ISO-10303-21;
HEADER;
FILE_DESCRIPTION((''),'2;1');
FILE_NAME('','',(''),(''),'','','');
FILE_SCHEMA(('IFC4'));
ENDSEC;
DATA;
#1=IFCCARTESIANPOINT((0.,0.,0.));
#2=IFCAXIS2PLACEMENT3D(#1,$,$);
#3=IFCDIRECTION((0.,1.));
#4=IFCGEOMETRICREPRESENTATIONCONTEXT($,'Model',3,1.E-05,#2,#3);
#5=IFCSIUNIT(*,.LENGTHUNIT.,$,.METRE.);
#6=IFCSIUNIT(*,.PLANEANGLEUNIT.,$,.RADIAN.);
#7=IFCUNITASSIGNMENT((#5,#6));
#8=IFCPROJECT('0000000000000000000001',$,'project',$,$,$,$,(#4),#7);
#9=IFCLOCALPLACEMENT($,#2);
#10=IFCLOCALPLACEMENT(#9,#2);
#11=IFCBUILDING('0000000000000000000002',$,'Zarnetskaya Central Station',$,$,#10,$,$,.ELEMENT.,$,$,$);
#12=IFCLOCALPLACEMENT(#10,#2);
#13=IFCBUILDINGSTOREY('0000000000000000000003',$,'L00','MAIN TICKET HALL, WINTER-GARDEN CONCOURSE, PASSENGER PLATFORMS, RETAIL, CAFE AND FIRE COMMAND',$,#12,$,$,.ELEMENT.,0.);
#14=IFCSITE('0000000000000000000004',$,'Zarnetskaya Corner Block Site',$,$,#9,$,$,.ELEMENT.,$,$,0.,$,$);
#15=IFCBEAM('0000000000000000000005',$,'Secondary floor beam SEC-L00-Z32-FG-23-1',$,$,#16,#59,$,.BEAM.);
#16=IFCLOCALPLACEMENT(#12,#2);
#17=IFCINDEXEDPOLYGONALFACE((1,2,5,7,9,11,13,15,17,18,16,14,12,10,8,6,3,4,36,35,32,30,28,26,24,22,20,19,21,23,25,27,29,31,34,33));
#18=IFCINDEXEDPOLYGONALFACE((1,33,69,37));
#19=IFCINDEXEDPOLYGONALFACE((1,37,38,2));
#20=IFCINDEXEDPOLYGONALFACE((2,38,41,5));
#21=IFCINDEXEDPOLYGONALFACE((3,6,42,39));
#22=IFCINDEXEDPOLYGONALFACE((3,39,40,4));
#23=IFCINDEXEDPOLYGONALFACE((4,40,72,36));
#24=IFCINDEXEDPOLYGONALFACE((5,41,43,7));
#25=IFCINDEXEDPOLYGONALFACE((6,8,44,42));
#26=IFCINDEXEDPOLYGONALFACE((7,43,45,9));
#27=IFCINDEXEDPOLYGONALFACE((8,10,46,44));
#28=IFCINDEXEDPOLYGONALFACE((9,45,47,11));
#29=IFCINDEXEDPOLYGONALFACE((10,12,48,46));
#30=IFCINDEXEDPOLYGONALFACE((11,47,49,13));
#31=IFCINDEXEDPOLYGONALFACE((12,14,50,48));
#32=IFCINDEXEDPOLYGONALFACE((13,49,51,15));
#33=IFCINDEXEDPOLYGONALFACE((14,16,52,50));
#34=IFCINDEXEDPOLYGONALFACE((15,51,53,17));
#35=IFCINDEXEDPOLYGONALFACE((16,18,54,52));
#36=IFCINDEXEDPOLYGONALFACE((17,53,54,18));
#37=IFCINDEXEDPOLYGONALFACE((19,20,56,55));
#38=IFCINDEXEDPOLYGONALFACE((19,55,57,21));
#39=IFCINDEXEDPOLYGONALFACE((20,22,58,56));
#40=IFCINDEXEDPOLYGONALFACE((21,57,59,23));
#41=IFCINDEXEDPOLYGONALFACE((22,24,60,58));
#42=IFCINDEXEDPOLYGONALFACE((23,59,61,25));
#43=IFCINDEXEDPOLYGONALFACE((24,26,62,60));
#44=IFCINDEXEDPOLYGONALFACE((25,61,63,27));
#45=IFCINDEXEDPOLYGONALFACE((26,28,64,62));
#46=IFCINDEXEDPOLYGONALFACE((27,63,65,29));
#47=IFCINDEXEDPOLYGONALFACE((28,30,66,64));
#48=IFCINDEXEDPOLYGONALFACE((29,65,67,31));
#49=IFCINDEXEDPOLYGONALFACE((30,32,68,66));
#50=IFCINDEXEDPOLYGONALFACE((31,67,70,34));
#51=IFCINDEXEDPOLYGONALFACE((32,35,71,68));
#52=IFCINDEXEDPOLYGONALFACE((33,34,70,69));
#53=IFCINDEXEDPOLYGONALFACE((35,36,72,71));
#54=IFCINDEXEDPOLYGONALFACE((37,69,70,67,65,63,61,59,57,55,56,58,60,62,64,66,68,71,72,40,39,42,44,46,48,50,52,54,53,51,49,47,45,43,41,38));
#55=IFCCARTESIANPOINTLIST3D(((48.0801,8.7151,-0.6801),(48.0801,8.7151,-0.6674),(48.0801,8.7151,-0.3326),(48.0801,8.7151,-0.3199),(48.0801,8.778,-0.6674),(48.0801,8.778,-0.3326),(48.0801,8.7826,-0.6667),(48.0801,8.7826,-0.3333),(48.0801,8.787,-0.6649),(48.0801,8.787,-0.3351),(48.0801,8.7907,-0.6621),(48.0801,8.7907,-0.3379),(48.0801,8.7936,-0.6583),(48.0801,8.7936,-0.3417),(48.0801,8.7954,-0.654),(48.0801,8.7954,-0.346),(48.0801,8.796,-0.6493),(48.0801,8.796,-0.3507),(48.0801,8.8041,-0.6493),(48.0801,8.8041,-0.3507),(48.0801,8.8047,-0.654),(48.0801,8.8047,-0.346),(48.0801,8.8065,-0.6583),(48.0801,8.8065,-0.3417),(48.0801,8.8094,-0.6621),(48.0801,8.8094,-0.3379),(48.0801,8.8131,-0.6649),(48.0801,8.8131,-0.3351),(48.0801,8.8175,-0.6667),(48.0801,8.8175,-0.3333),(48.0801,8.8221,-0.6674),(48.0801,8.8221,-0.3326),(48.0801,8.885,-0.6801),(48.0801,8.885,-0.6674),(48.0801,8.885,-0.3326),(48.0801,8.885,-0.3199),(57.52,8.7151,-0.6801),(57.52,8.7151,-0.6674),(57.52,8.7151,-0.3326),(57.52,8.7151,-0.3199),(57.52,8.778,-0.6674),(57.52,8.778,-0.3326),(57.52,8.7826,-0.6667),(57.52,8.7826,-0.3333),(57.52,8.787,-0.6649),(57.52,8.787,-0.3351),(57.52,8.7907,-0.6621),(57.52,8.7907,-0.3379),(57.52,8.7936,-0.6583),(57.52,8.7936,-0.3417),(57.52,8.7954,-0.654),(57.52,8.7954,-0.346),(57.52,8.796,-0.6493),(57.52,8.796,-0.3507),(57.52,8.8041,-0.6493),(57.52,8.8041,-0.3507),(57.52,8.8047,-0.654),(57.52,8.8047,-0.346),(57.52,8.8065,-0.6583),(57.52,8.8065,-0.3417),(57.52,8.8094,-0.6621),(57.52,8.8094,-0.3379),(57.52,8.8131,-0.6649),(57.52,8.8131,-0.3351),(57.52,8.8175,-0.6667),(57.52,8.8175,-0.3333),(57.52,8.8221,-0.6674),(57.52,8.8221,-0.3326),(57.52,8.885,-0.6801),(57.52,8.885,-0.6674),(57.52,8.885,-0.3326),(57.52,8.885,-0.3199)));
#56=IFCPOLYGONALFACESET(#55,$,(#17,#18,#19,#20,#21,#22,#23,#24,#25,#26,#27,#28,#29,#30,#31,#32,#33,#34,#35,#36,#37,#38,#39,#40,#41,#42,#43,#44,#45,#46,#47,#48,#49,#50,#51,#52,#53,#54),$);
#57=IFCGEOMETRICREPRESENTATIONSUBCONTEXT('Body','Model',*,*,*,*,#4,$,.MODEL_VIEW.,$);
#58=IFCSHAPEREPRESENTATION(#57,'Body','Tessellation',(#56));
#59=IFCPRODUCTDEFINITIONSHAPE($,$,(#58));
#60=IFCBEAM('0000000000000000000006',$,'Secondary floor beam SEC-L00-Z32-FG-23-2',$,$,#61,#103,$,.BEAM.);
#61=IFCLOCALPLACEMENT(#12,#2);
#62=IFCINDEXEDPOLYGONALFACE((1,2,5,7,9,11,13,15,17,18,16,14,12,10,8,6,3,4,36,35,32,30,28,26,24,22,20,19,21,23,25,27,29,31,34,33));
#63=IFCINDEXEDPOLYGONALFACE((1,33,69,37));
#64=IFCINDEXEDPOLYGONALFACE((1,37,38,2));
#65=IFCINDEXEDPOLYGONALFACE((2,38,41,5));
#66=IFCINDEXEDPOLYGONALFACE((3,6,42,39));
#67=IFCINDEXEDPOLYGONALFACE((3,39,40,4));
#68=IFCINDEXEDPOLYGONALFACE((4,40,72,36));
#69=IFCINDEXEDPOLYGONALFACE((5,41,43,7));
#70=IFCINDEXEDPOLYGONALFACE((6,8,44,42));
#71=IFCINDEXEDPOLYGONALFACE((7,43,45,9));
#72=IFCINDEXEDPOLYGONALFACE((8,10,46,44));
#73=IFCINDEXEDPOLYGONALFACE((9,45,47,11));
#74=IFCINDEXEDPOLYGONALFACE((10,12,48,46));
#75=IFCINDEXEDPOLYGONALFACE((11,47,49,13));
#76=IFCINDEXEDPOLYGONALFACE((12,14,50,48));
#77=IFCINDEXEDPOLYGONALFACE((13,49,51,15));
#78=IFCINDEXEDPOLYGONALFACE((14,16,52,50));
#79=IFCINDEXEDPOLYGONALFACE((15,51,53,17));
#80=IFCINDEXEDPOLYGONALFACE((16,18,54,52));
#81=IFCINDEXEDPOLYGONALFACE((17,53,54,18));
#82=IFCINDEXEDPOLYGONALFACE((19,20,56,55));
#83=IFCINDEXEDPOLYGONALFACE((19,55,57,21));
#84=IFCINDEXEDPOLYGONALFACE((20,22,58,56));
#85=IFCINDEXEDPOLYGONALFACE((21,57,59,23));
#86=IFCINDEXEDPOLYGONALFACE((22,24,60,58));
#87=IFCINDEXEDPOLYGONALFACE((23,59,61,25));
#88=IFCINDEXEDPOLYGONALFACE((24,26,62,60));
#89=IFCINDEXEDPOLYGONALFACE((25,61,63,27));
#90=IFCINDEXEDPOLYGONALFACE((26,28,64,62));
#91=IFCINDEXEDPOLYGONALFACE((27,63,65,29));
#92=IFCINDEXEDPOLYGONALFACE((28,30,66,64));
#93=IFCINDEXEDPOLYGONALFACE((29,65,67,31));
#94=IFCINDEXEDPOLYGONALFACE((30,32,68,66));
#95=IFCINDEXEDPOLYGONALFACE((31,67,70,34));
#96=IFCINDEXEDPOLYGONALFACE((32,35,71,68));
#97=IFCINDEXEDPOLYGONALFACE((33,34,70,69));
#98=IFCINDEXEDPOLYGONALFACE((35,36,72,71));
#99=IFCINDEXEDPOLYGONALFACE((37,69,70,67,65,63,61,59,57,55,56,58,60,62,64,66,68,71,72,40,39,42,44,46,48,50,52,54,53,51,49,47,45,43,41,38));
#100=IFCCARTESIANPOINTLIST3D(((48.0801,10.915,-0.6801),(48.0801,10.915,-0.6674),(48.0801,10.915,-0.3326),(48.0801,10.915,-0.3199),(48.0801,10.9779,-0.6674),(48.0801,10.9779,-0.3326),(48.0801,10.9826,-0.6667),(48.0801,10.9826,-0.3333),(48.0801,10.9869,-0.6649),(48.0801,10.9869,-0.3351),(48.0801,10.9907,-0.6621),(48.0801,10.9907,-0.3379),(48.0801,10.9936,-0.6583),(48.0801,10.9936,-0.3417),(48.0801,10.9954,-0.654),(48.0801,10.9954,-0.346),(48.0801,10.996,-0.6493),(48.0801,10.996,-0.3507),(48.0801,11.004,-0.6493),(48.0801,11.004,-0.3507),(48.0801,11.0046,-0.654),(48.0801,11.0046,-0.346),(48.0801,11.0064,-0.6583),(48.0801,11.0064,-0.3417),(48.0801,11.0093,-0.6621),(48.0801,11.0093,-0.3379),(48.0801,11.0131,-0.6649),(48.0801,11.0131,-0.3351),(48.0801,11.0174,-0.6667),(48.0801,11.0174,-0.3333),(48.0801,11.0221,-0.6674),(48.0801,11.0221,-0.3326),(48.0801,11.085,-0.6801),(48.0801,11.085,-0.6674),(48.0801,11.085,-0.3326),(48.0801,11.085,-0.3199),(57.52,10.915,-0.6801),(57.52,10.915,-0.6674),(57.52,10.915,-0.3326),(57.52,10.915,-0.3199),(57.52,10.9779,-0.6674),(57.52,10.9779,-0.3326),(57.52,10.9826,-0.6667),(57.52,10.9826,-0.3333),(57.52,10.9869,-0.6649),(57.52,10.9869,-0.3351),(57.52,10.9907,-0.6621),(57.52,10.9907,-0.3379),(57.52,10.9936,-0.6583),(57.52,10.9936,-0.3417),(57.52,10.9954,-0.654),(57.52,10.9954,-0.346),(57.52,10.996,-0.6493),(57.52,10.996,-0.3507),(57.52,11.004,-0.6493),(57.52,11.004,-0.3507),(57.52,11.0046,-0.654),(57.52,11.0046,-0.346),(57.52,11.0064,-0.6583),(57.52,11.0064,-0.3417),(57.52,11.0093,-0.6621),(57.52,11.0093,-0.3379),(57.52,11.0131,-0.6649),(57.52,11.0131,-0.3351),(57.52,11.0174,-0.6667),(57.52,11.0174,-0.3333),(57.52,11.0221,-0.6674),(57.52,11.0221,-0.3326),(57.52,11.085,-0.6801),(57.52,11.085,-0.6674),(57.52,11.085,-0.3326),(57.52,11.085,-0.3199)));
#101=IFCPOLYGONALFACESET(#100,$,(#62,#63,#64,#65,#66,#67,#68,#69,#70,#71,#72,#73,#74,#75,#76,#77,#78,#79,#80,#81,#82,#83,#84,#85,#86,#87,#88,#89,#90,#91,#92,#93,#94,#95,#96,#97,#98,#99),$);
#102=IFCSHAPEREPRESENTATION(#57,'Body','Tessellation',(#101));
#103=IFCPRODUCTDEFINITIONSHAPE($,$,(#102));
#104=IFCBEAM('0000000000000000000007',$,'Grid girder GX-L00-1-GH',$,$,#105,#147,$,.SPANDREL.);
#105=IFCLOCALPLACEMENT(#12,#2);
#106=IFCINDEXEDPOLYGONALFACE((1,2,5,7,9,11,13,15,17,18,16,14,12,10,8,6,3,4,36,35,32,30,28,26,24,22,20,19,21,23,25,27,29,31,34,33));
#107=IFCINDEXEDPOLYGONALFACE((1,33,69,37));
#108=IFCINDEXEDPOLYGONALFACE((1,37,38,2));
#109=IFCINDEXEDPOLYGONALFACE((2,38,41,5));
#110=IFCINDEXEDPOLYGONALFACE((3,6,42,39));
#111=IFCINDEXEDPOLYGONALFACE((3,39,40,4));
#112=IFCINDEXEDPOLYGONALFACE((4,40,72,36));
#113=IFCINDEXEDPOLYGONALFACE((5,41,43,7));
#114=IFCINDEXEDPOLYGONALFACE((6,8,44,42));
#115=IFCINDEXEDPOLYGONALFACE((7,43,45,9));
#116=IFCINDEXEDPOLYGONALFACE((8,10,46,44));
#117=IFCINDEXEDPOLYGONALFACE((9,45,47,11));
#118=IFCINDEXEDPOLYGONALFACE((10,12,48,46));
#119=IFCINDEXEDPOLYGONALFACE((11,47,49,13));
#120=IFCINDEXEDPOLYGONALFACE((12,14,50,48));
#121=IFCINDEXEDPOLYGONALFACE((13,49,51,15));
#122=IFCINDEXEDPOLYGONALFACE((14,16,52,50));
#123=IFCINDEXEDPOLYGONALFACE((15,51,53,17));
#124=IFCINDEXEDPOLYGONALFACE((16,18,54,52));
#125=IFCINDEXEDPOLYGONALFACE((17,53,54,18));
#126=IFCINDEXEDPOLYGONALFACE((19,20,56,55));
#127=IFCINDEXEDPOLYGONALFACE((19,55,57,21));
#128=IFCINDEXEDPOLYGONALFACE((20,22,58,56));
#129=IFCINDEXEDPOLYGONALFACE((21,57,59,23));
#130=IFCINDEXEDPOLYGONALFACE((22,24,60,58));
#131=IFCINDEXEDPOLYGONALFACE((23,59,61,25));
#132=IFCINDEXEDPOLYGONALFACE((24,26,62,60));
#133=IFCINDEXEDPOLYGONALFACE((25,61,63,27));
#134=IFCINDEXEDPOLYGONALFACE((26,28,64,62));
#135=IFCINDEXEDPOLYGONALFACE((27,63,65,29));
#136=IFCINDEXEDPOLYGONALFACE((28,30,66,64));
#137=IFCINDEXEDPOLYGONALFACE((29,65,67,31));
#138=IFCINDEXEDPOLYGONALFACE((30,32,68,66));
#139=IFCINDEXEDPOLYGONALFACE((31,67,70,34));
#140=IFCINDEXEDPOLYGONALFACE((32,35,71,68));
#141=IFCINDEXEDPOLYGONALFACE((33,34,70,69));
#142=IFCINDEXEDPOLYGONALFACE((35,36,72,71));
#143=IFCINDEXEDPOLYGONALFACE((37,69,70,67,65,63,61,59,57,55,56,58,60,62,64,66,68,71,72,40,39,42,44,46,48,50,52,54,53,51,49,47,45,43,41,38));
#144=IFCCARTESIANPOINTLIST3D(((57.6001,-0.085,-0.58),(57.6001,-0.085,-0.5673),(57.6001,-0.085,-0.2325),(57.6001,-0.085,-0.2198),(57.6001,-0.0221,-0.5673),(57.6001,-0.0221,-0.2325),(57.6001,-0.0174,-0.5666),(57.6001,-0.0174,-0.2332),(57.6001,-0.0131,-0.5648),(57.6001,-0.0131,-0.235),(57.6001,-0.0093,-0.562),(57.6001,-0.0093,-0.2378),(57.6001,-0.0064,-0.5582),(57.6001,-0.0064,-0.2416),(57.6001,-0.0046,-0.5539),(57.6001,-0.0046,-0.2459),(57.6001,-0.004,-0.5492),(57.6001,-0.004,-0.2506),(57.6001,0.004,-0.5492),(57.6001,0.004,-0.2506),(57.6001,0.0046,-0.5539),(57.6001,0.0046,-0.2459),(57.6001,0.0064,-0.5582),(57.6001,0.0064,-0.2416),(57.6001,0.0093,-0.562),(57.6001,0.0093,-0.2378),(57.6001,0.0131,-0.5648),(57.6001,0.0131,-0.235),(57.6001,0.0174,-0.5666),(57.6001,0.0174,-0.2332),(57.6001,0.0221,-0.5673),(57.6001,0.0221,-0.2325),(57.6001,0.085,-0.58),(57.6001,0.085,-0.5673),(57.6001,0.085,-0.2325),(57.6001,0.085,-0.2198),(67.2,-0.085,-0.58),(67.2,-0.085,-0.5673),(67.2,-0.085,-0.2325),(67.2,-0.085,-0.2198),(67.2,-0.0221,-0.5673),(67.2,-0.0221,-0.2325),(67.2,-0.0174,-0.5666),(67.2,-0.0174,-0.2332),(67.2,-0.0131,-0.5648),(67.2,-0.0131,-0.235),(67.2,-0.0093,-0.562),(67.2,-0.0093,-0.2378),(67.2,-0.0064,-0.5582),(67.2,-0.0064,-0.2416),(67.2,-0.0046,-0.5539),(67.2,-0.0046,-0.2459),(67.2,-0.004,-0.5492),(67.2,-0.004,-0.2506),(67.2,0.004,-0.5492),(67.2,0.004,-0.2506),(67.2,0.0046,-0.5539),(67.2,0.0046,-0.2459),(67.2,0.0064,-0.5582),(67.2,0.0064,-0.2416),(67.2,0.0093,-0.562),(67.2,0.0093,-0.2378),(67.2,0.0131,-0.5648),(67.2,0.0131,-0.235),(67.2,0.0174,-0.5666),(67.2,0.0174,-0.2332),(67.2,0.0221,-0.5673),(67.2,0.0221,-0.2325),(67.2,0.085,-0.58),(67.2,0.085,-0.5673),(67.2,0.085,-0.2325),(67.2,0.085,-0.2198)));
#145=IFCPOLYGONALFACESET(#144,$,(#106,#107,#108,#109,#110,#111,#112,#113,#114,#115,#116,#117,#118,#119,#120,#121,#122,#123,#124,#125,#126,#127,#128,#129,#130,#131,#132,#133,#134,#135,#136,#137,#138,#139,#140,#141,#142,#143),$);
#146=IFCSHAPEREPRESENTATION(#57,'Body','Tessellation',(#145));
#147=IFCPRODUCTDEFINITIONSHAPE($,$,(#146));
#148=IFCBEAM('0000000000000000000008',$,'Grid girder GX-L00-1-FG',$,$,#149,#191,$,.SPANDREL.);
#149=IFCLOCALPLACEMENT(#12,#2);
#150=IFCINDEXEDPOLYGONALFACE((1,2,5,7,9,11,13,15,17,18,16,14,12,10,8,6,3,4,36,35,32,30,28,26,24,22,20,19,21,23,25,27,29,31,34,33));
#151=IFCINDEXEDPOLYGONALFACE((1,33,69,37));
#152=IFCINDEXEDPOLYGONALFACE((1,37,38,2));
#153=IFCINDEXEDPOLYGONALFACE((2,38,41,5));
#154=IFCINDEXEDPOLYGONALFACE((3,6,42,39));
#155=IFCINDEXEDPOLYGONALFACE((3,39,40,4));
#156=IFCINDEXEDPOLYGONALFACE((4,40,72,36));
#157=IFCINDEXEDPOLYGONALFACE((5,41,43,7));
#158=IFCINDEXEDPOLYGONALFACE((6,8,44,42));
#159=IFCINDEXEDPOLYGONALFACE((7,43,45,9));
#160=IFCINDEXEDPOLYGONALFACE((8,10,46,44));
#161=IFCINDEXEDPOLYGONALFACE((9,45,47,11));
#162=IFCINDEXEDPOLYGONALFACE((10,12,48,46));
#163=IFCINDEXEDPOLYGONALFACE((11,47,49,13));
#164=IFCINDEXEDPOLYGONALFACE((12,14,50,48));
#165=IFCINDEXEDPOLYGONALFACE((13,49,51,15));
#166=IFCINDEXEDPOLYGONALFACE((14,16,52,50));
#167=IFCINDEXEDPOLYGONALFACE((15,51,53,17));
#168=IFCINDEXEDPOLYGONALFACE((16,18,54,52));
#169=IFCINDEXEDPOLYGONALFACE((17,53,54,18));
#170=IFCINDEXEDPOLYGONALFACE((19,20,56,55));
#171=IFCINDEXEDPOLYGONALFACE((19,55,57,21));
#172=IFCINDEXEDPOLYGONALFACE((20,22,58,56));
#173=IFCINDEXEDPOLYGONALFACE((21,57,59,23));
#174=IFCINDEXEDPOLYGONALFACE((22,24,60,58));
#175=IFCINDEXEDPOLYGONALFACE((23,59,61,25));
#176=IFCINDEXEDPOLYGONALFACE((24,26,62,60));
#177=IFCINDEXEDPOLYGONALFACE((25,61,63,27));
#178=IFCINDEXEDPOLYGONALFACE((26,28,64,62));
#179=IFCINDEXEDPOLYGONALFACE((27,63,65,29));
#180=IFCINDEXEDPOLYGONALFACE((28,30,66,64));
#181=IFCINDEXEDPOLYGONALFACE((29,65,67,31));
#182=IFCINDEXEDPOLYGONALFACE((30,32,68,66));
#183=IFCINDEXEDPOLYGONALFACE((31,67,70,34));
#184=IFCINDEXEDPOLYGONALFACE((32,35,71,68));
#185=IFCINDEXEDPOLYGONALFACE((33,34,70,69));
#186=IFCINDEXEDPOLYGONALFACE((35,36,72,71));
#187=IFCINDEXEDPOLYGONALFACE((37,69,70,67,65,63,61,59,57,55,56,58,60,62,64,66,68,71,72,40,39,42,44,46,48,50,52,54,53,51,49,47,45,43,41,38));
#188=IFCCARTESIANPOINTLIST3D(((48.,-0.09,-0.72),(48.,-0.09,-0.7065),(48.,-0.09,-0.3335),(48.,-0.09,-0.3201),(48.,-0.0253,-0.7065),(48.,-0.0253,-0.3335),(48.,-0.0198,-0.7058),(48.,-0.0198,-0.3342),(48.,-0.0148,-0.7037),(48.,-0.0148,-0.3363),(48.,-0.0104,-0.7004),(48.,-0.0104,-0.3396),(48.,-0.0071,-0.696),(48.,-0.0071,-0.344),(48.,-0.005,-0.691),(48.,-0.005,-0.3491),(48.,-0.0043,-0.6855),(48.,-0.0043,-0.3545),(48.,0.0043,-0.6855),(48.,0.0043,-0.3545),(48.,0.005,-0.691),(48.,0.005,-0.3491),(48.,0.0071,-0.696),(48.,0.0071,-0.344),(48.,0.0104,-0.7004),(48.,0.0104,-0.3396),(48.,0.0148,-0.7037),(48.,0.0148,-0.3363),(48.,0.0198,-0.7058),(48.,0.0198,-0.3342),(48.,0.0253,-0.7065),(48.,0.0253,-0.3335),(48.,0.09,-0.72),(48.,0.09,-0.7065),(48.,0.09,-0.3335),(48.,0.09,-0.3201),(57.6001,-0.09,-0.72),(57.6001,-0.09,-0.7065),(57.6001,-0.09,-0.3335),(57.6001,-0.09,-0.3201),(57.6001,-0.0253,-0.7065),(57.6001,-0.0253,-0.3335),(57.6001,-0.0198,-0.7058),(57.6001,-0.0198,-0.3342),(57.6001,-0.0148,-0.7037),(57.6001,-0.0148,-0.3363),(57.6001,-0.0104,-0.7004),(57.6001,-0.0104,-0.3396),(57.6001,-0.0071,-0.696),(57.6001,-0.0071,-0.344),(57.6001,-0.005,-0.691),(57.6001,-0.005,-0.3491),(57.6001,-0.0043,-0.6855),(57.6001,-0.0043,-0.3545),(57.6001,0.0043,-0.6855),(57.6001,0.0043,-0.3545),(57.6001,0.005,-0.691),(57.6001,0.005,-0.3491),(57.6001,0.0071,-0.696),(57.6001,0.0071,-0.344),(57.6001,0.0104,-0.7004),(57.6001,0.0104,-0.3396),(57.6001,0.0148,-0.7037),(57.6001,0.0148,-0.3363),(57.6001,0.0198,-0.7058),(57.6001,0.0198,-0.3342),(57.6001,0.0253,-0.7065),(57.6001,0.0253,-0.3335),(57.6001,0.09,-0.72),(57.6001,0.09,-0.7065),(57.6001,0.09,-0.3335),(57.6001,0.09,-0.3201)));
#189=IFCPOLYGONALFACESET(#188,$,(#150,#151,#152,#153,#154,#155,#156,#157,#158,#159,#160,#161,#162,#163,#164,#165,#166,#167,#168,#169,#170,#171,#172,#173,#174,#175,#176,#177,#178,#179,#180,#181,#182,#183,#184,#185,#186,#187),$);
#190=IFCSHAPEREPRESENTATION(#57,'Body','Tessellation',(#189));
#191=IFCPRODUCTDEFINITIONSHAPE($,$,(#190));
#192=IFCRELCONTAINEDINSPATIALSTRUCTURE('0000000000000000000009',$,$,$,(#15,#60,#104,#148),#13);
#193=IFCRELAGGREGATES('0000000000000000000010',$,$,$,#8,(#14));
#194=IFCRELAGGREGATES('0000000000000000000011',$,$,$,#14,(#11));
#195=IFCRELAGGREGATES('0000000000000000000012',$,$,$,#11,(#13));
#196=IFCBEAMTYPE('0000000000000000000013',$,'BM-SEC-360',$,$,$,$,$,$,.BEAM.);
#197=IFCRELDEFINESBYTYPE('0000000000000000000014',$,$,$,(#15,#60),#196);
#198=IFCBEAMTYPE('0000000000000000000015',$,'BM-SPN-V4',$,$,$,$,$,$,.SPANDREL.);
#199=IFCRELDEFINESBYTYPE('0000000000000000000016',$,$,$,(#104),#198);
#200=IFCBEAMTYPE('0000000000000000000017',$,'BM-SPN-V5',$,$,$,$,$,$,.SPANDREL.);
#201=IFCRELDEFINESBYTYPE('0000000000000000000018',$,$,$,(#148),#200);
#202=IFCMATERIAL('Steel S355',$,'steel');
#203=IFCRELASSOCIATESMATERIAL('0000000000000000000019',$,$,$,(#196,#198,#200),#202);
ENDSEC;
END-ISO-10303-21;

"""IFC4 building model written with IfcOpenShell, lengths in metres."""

from ifc_helpers import new_model, si_unit, direction, frame, origin, origin_2d, place, context, subcontext, project, spatial, i_section, extrude, material, material_profile, profile_set, type_object, element, save


model = new_model("IFC4")

# Units and contexts
model_context = context("Model", 3, precision=1e-05, world=origin(), true_north=direction((0.0, 1.0)))
body_context = subcontext(model_context, "Body", "Model", "MODEL_VIEW")
ifc_project = project(units=[si_unit("LENGTHUNIT", "METRE"), si_unit("PLANEANGLEUNIT", "RADIAN")], contexts=[model_context])

# Site, building, storey
site_placement = place(None, origin())
site = spatial("IfcSite", under=ifc_project, at=site_placement, Name="Zarnetskaya Corner Block Site", CompositionType="ELEMENT", RefElevation=0.0)
building_placement = place(site_placement, origin())
building = spatial("IfcBuilding", under=site, at=building_placement, Name="Zarnetskaya Central Station", CompositionType="ELEMENT")
storey_placement = place(building_placement, origin())
storey = spatial("IfcBuildingStorey", under=building, at=storey_placement, Name="L00", Description="MAIN TICKET HALL, WINTER-GARDEN CONCOURSE, PASSENGER PLATFORMS, RETAIL, CAFE AND FIRE COMMAND", CompositionType="ELEMENT", Elevation=0.0)

# Shared definitions
ifc_material_1 = material(Name="Steel S355", Category="steel")

# Beams
ifc_material_profile_1 = material_profile(ifc_material_1, i_section(OverallWidth=0.1699, OverallDepth=0.3601, WebThickness=0.0081, FlangeThickness=0.0127, FilletRadius=0.0181, at=origin_2d()), Name="IPE 360")
ifc_profile_set_1 = profile_set([ifc_material_profile_1], Name="Steel S355")
beam_type_1 = type_object("IfcBeamType", Name="BM-SEC-360", PredefinedType="BEAM", material=ifc_profile_set_1)
for number, where, z_axis, x_axis, name in (
    (1, (48.0801, 8.8, -0.5), (1.0, 0.0, 0.0), (0.0, 1.0, 0.0), "Secondary floor beam SEC-L00-Z32-FG-23-1"),
    (2, (48.0801, 11.0, -0.5), (1.0, 0.0, 0.0), (0.0, 1.0, 0.0), "Secondary floor beam SEC-L00-Z32-FG-23-2"),
):
    element("IfcBeam", number, at=place(storey_placement, frame(where, z_axis=z_axis, x_axis=x_axis)), inside=storey, type_object=beam_type_1, Name=name, PredefinedType="BEAM", context=body_context, shape_type="SweptSolid", body=[
        extrude(i_section(OverallWidth=0.1699, OverallDepth=0.3601, WebThickness=0.0081, FlangeThickness=0.0127, FilletRadius=0.0181, at=origin_2d()), origin(), (0.0, 0.0, 1.0), 9.4399),
    ])
ifc_material_profile_2 = material_profile(ifc_material_1, i_section(OverallWidth=0.1699, OverallDepth=0.3601, WebThickness=0.0081, FlangeThickness=0.0127, FilletRadius=0.0181, at=origin_2d()), Name="IPE 360")
ifc_profile_set_2 = profile_set([ifc_material_profile_2], Name="Steel S355")
beam_type_2 = type_object("IfcBeamType", Name="BM-SPN-V4", PredefinedType="SPANDREL", material=ifc_profile_set_2)
beam_1_placement = place(storey_placement, frame((57.6001, 0.0, -0.3999), z_axis=(1.0, 0.0, 0.0), x_axis=(0.0, 1.0, 0.0)))
element("IfcBeam", 3, at=beam_1_placement, inside=storey, type_object=beam_type_2, Name="Grid girder GX-L00-1-GH", PredefinedType="SPANDREL", context=body_context, shape_type="SweptSolid", body=[
    extrude(i_section(OverallWidth=0.1699, OverallDepth=0.3601, WebThickness=0.0081, FlangeThickness=0.0127, FilletRadius=0.0181, at=origin_2d()), origin(), (0.0, 0.0, 1.0), 9.5999),
])
ifc_material_profile_3 = material_profile(ifc_material_1, i_section(OverallWidth=0.1799, OverallDepth=0.3999, WebThickness=0.0085, FlangeThickness=0.0134, FilletRadius=0.021, at=origin_2d()), Name="IPE 400")
ifc_profile_set_3 = profile_set([ifc_material_profile_3], Name="Steel S355")
beam_type_3 = type_object("IfcBeamType", Name="BM-SPN-V5", PredefinedType="SPANDREL", material=ifc_profile_set_3)
beam_2_placement = place(storey_placement, frame((48.0, 0.0, -0.52), z_axis=(1.0, 0.0, 0.0), x_axis=(0.0, 1.0, 0.0)))
element("IfcBeam", 4, at=beam_2_placement, inside=storey, type_object=beam_type_3, Name="Grid girder GX-L00-1-FG", PredefinedType="SPANDREL", context=body_context, shape_type="SweptSolid", body=[
    extrude(i_section(OverallWidth=0.1799, OverallDepth=0.3999, WebThickness=0.0085, FlangeThickness=0.0134, FilletRadius=0.021, at=origin_2d()), origin(), (0.0, 0.0, 1.0), 9.6001),
])

save(model, "model.ifc")
